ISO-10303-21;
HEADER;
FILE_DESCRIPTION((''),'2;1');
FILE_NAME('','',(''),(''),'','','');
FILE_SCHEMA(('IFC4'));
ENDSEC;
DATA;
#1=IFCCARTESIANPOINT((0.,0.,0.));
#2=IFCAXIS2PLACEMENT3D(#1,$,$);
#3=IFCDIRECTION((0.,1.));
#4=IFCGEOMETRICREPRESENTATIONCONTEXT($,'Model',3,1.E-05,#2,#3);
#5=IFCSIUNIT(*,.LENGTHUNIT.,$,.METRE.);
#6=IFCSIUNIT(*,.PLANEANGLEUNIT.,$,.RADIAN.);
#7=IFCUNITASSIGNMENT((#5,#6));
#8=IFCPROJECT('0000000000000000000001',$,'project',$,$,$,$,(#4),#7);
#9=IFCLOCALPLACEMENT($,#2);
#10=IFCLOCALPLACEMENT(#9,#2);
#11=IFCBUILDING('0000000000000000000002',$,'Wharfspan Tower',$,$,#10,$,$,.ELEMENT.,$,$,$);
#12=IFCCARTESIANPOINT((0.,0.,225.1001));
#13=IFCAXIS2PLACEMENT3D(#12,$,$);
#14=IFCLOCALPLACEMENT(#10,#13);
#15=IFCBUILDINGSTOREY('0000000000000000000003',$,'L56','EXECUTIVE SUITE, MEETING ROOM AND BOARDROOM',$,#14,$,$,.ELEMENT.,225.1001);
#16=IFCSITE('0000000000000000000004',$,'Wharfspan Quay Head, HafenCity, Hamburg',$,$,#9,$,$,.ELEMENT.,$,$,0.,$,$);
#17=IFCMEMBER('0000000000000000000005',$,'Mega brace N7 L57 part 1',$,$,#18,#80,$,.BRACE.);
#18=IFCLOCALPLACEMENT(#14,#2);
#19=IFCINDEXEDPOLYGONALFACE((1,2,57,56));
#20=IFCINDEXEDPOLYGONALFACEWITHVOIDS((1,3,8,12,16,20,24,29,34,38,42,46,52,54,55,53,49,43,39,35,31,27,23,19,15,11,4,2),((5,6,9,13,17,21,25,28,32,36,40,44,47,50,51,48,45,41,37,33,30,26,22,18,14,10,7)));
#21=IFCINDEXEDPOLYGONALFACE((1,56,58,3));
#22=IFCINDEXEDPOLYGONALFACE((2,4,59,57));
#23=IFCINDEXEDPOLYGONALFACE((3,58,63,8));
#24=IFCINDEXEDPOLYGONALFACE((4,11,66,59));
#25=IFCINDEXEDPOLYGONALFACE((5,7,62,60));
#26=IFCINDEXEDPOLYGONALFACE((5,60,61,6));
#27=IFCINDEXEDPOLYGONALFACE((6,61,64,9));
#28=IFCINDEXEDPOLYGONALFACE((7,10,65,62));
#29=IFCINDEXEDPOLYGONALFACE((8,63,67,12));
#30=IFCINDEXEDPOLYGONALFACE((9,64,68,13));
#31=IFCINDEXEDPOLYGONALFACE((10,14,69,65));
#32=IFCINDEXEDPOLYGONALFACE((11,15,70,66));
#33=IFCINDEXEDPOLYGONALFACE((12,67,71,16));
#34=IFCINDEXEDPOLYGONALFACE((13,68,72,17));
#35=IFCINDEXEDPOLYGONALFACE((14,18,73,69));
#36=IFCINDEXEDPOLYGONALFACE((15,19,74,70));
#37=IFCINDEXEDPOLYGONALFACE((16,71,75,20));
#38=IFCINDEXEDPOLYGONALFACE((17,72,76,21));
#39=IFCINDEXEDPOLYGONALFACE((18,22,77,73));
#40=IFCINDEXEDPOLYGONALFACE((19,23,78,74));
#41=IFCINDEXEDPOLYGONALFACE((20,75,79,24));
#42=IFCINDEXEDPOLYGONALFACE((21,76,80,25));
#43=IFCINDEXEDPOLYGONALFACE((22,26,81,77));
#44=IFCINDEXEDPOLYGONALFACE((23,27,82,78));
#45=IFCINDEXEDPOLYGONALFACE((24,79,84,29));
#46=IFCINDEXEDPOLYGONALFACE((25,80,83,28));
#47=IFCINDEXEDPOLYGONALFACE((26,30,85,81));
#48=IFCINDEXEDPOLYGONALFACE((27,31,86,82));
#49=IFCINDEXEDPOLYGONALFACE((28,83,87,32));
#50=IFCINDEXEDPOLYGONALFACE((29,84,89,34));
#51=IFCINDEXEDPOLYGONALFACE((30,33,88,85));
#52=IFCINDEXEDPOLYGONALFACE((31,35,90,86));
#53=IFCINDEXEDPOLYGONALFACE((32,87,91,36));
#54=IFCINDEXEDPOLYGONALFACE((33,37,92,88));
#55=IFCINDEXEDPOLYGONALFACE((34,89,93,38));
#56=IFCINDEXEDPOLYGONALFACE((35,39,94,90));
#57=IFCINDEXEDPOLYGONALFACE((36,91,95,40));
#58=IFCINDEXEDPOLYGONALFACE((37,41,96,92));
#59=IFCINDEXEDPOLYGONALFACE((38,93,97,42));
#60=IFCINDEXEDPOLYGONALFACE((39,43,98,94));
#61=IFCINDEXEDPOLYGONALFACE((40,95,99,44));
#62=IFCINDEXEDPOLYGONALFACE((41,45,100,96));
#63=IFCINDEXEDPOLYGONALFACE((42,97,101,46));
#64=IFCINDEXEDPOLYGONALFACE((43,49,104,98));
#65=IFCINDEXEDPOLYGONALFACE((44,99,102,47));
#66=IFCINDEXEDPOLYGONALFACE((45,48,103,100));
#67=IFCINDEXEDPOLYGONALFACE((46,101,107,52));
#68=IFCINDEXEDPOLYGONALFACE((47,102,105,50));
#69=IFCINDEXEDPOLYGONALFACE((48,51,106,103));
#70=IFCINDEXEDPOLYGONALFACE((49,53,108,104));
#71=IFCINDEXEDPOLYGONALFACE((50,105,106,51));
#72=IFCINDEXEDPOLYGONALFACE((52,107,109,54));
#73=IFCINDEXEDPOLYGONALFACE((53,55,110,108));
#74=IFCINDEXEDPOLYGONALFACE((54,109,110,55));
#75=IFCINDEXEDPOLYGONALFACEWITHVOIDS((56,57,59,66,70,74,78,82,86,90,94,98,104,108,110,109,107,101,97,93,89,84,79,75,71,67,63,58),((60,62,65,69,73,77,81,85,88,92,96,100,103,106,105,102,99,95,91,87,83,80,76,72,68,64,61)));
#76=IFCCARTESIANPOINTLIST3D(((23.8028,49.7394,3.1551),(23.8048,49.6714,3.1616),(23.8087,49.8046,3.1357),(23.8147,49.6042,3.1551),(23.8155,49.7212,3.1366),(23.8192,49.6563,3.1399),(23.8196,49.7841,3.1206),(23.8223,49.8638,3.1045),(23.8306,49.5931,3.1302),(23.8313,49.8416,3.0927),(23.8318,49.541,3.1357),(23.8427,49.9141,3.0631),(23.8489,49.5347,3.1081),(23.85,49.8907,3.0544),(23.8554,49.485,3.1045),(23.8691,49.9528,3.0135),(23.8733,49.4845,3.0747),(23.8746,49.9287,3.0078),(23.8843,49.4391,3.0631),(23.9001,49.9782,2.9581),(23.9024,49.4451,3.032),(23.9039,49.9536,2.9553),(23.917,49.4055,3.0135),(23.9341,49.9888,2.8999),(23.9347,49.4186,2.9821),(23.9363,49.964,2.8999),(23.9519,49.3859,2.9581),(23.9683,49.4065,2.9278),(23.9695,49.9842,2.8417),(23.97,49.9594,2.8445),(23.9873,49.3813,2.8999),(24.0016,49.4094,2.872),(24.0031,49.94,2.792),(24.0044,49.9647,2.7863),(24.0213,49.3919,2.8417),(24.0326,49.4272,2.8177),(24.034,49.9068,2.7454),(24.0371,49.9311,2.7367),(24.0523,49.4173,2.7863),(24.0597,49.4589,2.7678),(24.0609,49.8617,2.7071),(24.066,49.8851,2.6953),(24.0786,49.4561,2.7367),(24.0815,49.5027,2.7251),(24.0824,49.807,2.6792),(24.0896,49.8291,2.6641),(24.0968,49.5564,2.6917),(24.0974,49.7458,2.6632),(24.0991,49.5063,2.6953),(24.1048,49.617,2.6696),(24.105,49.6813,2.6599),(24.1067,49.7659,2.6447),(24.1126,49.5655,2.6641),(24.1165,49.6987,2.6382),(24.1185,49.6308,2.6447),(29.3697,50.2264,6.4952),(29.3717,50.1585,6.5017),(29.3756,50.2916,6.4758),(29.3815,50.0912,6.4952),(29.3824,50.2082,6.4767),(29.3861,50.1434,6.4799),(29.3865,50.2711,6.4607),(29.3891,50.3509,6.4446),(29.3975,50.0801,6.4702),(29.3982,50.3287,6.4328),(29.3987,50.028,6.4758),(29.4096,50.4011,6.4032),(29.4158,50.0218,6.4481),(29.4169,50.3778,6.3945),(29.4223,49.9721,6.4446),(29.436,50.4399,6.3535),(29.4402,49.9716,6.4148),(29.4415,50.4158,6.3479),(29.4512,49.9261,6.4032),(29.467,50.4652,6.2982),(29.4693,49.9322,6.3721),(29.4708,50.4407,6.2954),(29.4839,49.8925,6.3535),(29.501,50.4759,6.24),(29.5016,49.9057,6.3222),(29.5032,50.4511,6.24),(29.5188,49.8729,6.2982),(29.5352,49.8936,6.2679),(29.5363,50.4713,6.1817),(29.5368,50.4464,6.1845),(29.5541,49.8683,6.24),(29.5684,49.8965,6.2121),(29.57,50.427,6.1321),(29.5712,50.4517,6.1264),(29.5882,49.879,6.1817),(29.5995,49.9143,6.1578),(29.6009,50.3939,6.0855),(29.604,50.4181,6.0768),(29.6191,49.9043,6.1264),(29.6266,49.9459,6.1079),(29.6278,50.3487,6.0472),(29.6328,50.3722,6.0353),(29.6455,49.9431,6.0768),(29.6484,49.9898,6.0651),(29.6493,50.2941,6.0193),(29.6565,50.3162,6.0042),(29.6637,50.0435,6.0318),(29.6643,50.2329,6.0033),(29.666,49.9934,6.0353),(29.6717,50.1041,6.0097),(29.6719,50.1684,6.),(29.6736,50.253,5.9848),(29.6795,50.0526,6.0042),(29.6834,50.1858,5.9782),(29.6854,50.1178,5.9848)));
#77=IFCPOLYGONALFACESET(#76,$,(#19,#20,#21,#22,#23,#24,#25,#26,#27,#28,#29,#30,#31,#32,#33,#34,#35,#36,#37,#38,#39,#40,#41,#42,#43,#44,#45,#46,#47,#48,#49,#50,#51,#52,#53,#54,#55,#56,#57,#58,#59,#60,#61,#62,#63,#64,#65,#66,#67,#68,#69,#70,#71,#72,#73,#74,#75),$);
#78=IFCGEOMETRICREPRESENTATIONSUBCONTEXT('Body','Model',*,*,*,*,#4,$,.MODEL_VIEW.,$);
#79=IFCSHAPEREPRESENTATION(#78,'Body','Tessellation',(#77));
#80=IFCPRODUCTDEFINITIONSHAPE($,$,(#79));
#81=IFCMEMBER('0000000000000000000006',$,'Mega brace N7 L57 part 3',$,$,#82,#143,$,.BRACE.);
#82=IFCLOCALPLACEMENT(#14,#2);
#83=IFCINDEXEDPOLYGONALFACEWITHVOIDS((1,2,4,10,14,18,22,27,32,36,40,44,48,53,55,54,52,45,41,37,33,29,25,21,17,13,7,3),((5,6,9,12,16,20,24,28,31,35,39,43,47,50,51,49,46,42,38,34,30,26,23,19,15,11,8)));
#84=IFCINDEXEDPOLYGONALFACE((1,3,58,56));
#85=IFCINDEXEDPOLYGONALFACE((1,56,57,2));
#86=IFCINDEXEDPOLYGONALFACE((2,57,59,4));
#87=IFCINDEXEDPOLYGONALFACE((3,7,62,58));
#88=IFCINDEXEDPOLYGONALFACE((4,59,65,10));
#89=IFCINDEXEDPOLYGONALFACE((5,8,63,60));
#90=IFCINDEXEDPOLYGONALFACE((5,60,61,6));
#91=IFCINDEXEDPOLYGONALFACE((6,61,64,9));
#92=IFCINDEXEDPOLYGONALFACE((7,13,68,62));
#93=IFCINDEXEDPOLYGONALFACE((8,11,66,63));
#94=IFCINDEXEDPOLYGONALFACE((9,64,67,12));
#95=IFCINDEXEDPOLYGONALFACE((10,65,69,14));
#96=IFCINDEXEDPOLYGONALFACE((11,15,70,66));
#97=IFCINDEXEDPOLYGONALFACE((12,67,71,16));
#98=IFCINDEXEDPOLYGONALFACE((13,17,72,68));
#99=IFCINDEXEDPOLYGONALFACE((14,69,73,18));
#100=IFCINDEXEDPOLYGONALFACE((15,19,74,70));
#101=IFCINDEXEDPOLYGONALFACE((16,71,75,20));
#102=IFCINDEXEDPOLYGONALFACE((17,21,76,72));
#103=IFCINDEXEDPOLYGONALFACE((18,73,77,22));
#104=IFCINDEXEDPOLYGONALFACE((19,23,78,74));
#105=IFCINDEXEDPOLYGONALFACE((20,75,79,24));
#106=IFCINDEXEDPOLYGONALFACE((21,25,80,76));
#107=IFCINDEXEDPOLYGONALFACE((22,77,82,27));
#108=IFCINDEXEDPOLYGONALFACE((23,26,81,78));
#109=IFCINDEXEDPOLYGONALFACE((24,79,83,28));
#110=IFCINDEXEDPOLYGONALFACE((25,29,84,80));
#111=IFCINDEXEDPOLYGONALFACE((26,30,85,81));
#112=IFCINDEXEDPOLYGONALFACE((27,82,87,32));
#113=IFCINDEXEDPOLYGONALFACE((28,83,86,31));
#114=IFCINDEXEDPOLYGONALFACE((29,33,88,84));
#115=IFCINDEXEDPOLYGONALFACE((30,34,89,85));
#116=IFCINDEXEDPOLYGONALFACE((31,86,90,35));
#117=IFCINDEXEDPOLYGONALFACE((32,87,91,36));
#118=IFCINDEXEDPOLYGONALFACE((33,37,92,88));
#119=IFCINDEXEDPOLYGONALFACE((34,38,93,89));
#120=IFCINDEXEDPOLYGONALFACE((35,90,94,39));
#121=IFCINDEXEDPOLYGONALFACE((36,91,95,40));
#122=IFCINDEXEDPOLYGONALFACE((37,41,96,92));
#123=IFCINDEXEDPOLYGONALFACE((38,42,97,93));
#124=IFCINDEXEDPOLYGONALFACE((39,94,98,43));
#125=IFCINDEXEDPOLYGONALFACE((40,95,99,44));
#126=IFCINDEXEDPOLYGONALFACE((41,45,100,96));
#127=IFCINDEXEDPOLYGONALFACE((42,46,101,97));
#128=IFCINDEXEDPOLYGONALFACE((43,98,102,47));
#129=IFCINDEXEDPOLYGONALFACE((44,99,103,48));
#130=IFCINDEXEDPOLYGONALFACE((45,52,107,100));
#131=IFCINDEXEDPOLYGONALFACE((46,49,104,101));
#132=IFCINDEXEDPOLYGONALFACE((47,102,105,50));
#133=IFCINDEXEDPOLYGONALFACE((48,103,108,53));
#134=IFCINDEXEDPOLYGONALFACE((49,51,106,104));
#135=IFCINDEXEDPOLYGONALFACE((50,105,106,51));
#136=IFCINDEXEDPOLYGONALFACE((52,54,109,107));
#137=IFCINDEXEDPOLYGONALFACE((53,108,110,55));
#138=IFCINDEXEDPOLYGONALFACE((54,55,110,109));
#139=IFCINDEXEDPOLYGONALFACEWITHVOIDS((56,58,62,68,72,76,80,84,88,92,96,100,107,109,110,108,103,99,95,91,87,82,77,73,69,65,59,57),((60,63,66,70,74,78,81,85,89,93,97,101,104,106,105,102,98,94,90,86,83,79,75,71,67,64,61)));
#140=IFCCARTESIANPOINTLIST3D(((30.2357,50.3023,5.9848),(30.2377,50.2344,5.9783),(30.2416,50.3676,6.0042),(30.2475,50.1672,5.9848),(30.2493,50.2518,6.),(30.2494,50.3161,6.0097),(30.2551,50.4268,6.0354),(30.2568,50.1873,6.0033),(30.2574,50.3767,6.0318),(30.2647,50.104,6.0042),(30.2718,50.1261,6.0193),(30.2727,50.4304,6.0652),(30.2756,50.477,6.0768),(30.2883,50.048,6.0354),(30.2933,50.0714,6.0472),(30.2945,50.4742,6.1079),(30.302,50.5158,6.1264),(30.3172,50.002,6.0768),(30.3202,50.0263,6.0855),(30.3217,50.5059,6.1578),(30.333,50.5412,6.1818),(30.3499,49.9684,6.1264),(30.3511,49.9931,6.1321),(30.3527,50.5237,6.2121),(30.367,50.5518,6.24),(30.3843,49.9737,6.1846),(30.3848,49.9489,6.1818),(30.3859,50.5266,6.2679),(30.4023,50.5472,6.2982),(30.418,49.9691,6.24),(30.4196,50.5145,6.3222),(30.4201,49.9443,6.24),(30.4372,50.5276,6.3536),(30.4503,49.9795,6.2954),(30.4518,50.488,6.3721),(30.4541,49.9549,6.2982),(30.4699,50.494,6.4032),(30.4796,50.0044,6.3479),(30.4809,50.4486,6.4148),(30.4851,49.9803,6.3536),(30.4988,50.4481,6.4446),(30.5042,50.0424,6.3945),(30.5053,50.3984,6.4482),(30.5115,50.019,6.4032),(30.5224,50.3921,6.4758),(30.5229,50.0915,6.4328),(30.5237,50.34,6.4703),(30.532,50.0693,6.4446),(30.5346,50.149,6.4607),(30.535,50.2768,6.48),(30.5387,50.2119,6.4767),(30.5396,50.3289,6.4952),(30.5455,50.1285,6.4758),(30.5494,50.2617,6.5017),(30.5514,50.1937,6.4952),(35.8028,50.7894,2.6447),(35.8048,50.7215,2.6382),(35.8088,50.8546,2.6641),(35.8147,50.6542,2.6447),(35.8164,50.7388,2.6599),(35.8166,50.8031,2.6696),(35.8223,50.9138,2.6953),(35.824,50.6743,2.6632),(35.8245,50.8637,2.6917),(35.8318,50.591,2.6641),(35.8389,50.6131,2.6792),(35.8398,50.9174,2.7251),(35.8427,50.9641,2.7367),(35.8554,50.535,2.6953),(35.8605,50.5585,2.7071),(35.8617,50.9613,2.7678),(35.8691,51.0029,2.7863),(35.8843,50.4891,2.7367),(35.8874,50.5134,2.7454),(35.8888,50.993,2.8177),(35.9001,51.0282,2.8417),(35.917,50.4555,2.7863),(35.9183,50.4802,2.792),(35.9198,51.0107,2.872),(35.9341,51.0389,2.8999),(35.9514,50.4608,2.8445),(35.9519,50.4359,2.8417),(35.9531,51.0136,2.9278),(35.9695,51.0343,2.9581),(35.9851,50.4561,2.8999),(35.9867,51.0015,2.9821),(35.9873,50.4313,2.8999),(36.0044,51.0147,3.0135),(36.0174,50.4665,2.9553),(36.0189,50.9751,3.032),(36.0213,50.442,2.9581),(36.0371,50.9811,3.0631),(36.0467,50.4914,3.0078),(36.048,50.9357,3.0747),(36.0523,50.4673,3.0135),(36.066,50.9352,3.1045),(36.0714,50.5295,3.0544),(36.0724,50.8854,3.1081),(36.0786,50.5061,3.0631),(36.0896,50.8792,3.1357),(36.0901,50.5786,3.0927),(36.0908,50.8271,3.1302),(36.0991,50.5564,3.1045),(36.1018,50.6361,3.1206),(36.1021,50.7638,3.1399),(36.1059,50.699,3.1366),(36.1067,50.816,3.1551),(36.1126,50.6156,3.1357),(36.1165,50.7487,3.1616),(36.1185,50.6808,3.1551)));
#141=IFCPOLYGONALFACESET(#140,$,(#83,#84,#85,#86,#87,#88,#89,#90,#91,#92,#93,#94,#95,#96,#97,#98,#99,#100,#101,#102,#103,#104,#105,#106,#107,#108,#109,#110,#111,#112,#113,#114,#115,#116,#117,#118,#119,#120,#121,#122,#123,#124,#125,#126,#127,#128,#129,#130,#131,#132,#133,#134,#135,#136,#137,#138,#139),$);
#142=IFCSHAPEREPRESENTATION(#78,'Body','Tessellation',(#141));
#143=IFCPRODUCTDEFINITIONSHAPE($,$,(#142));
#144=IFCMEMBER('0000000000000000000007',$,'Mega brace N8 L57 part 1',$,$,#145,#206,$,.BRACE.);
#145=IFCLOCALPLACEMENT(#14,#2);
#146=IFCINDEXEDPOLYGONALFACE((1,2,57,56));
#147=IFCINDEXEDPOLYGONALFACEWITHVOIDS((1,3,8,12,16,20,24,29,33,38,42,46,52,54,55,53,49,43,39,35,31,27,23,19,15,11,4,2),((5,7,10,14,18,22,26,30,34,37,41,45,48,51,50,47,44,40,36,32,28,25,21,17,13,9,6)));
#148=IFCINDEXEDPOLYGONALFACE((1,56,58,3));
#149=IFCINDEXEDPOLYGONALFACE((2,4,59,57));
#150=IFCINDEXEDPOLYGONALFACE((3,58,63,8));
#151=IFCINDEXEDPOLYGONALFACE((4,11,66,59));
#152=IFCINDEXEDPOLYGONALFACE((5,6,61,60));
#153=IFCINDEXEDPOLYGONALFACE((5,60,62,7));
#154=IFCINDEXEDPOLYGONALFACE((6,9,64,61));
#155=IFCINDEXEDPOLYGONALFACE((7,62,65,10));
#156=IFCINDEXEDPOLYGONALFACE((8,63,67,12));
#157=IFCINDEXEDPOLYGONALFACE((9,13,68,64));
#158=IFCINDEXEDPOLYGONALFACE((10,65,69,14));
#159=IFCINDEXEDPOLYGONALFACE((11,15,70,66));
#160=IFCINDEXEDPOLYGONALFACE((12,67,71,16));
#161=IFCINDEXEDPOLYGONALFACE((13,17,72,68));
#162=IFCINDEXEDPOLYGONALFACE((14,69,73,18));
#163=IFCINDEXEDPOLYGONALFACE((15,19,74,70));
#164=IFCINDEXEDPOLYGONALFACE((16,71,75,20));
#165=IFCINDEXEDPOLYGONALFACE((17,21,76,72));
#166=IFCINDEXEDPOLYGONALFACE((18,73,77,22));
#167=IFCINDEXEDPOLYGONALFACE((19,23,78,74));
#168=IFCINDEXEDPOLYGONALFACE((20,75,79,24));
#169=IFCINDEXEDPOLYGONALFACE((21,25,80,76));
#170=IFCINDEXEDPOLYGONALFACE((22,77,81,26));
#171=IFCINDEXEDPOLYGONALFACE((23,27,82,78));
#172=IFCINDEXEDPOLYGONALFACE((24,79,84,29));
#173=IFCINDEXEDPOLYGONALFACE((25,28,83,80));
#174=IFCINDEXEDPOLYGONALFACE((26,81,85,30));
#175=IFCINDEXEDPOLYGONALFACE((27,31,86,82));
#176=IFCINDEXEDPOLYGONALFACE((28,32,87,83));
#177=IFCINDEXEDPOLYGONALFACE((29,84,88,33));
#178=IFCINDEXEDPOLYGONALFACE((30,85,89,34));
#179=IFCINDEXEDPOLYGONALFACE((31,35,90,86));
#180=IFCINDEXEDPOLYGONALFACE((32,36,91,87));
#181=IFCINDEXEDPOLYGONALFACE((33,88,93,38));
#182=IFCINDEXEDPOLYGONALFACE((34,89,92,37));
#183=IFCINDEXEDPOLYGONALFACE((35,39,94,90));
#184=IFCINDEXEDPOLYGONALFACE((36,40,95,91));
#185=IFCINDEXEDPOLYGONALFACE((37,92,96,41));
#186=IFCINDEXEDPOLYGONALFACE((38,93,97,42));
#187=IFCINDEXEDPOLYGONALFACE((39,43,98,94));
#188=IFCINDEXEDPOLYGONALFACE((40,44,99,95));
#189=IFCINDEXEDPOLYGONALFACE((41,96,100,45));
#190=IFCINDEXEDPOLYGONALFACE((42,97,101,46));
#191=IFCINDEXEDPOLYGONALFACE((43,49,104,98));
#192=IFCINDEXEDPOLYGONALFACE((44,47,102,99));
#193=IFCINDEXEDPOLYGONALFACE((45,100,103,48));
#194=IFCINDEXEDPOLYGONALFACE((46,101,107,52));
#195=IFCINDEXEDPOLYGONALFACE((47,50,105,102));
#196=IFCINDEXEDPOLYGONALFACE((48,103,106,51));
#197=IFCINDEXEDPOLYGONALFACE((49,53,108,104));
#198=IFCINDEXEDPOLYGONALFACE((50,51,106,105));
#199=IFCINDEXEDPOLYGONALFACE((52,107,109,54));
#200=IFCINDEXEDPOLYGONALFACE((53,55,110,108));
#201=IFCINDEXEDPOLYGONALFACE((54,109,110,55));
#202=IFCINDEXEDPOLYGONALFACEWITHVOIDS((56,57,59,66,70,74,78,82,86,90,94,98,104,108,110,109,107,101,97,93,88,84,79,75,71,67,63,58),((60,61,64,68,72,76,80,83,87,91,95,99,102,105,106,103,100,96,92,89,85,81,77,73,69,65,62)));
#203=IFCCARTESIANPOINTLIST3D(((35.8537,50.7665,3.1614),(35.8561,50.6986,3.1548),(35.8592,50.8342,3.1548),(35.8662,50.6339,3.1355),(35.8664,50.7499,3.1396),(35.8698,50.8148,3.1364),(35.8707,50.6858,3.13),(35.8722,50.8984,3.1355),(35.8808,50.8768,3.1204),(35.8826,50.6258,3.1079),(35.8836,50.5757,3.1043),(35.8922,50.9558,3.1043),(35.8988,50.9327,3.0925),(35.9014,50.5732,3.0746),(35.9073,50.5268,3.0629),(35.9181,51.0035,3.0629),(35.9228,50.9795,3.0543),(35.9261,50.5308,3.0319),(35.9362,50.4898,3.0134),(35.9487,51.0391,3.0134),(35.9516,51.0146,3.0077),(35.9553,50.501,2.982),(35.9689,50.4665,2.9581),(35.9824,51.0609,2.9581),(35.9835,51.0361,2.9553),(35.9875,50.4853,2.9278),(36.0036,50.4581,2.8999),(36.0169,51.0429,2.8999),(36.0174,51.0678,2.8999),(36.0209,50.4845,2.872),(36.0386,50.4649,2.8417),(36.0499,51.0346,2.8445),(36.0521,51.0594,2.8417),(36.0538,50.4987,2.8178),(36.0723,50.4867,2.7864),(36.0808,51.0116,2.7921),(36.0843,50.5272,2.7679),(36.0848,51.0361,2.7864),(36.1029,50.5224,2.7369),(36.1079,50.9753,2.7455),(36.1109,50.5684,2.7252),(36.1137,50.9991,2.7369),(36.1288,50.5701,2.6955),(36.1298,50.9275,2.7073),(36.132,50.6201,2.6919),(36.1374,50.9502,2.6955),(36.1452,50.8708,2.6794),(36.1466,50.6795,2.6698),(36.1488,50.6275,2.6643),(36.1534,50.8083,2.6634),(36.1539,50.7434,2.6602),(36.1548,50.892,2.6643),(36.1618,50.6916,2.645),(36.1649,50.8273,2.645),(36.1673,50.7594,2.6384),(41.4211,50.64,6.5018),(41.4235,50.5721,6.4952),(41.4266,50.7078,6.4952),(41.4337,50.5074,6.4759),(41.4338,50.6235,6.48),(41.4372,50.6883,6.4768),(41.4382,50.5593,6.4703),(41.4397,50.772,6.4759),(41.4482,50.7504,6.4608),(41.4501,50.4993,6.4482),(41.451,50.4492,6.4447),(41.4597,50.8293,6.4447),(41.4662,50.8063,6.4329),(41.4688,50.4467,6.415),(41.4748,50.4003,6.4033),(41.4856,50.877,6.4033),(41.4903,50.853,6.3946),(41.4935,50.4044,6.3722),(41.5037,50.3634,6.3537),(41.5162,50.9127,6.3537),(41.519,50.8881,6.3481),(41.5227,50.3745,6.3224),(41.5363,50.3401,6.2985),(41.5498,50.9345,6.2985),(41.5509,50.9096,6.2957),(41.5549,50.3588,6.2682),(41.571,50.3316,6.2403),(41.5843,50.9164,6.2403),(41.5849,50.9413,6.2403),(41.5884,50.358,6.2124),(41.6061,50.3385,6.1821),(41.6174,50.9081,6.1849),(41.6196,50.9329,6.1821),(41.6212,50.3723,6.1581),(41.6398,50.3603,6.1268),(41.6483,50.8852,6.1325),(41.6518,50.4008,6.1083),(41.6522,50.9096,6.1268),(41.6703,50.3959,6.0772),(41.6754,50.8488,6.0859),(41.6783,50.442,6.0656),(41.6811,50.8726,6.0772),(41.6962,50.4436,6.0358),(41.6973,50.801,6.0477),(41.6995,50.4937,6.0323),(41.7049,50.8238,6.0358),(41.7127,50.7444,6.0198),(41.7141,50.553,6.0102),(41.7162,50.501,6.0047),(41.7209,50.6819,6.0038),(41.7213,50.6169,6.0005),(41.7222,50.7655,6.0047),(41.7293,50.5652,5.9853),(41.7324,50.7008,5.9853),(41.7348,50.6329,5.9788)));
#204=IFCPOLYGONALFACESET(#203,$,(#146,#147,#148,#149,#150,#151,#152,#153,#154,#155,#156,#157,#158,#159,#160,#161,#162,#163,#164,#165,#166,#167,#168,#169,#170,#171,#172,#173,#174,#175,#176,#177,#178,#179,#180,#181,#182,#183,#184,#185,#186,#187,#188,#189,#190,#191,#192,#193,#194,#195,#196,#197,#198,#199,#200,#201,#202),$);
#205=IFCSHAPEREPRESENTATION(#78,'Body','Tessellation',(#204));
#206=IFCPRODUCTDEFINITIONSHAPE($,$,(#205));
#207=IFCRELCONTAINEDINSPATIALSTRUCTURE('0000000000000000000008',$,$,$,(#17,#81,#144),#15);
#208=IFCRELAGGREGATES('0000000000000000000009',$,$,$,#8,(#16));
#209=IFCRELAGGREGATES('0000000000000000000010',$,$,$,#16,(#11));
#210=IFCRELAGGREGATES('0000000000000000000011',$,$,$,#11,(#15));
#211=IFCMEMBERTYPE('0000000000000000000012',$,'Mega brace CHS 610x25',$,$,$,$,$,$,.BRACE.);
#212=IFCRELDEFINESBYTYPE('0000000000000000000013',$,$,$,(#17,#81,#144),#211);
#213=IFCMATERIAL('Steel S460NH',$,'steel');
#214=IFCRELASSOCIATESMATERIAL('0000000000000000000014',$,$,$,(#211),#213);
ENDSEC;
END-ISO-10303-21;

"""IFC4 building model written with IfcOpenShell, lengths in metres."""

from ifc_helpers import new_model, si_unit, direction, frame, origin, origin_2d, place, context, subcontext, project, spatial, hollow_circle, extrude, material, material_profile, profile_set, type_object, element, save


model = new_model("IFC4")

# Units and contexts
model_context = context("Model", 3, precision=1e-05, world=origin(), true_north=direction((0.0, 1.0)))
body_context = subcontext(model_context, "Body", "Model", "MODEL_VIEW")
ifc_project = project(units=[si_unit("LENGTHUNIT", "METRE"), si_unit("PLANEANGLEUNIT", "RADIAN")], contexts=[model_context])

# Site, building, storey
site_placement = place(None, origin())
site = spatial("IfcSite", under=ifc_project, at=site_placement, Name="Wharfspan Quay Head, HafenCity, Hamburg", CompositionType="ELEMENT", RefElevation=0.0)
building_placement = place(site_placement, origin())
building = spatial("IfcBuilding", under=site, at=building_placement, Name="Wharfspan Tower", CompositionType="ELEMENT")
storey_placement = place(building_placement, frame((0.0, 0.0, 225.1001)))
storey = spatial("IfcBuildingStorey", under=building, at=storey_placement, Name="L56", Description="EXECUTIVE SUITE, MEETING ROOM AND BOARDROOM", CompositionType="ELEMENT", Elevation=225.1001)

# Members
ifc_material_1 = material(Name="Steel S460NH", Category="steel")
ifc_material_profile_1 = material_profile(ifc_material_1, hollow_circle(Radius=0.3049, WallThickness=0.0249, at=origin_2d()))
ifc_profile_set_1 = profile_set([ifc_material_profile_1], Name="Steel S460NH")
member_type = type_object("IfcMemberType", Name="Mega brace CHS 610x25", PredefinedType="BRACE", material=ifc_profile_set_1)
member_1_placement = place(storey_placement, frame((23.9607, 49.6851, 2.8999), z_axis=(0.855093, 0.074814, 0.513048), x_axis=(-0.087159, 0.996198, -0.000001)))
element("IfcMember", 1, at=member_1_placement, inside=storey, type_object=member_type, Name="Mega brace N7 L57 part 1", PredefinedType="BRACE", context=body_context, shape_type="SweptSolid", body=[
    extrude(hollow_circle(Radius=0.3049, WallThickness=0.0249, at=origin_2d()), origin(), (0.0, 0.0, 1.0), 6.5103),
])
member_2_placement = place(storey_placement, frame((35.9607, 50.7351, 2.8999), z_axis=(-0.855103, -0.074812, 0.513032), x_axis=(0.087157, -0.996193, 0.000002)))
element("IfcMember", 2, at=member_2_placement, inside=storey, type_object=member_type, Name="Mega brace N7 L57 part 3", PredefinedType="BRACE", context=body_context, shape_type="SweptSolid", body=[
    extrude(hollow_circle(Radius=0.3049, WallThickness=0.0249, at=origin_2d()), origin(), (0.0, 0.0, 1.0), 6.5105),
])
member_3_placement = place(storey_placement, frame((36.0105, 50.7629, 2.8999), z_axis=(0.857337, -0.019475, 0.514387), x_axis=(0.022711, 0.999741, -0.000002)))
element("IfcMember", 3, at=member_3_placement, inside=storey, type_object=member_type, Name="Mega brace N8 L57 part 1", PredefinedType="BRACE", context=body_context, shape_type="SweptSolid", body=[
    extrude(hollow_circle(Radius=0.3049, WallThickness=0.0249, at=origin_2d()), origin(), (0.0, 0.0, 1.0), 6.4939),
])

save(model, "model.ifc")
